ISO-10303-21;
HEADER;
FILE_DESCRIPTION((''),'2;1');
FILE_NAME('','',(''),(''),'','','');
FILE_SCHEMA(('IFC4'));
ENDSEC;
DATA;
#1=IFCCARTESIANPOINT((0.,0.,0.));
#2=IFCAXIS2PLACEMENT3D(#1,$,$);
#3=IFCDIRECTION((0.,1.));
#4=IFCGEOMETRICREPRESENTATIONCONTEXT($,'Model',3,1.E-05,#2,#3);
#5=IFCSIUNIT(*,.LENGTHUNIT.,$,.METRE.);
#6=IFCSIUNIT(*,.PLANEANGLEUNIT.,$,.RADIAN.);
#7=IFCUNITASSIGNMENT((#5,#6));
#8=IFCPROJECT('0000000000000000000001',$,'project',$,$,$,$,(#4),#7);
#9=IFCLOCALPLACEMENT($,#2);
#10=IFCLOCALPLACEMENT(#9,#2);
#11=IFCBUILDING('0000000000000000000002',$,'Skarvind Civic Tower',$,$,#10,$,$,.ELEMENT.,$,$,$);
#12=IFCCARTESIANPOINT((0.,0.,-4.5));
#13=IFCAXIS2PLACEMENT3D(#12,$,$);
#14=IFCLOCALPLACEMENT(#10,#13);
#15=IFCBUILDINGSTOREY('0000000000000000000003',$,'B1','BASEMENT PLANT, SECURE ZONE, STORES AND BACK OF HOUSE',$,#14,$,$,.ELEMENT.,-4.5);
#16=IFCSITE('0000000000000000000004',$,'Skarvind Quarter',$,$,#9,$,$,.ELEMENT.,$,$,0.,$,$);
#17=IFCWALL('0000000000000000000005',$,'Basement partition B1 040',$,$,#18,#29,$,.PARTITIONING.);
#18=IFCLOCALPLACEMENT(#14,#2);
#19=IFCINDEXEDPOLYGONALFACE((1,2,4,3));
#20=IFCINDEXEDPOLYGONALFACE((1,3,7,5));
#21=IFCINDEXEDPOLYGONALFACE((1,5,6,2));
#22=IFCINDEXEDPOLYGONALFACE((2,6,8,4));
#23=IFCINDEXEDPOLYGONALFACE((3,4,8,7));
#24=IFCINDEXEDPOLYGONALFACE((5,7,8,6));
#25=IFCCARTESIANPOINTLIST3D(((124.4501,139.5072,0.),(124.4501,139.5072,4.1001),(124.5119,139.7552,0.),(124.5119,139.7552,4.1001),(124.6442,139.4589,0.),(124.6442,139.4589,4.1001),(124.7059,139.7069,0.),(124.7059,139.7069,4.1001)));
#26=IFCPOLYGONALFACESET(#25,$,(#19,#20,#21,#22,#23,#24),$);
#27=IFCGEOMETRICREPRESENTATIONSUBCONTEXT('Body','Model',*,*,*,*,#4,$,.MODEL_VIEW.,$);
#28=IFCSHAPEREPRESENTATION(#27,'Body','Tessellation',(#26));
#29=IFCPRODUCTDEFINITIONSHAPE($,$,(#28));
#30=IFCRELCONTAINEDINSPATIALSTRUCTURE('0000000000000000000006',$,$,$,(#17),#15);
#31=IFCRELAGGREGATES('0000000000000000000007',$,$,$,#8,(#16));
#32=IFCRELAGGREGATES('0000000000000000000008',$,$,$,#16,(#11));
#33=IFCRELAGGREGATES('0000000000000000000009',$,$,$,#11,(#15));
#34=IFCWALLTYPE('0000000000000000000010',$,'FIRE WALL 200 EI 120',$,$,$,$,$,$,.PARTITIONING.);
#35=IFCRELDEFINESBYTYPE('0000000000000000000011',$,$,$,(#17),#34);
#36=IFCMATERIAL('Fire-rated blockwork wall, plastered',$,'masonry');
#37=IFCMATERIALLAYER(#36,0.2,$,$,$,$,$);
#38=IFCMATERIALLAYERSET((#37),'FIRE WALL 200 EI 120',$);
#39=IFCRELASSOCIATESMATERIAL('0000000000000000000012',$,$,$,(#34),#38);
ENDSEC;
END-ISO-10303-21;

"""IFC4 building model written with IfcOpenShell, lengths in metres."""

from ifc_helpers import new_model, si_unit, direction, frame, frame_2d, origin, place, context, subcontext, project, spatial, rectangle, extrude, material, layer, layer_set, type_object, element, save


model = new_model("IFC4")

# Units and contexts
model_context = context("Model", 3, precision=1e-05, world=origin(), true_north=direction((0.0, 1.0)))
body_context = subcontext(model_context, "Body", "Model", "MODEL_VIEW")
ifc_project = project(units=[si_unit("LENGTHUNIT", "METRE"), si_unit("PLANEANGLEUNIT", "RADIAN")], contexts=[model_context])

# Site, building, storey
site_placement = place(None, origin())
site = spatial("IfcSite", under=ifc_project, at=site_placement, Name="Skarvind Quarter", CompositionType="ELEMENT", RefElevation=0.0)
building_placement = place(site_placement, origin())
building = spatial("IfcBuilding", under=site, at=building_placement, Name="Skarvind Civic Tower", CompositionType="ELEMENT")
storey_placement = place(building_placement, frame((0.0, 0.0, -4.5)))
storey = spatial("IfcBuildingStorey", under=building, at=storey_placement, Name="B1", Description="BASEMENT PLANT, SECURE ZONE, STORES AND BACK OF HOUSE", CompositionType="ELEMENT", Elevation=-4.5)

# Wall
ifc_material_1 = material(Name="Fire-rated blockwork wall, plastered", Category="masonry")
ifc_layer_1 = layer(ifc_material_1, 0.2)
ifc_layer_set_1 = layer_set([ifc_layer_1], Name="FIRE WALL 200 EI 120")
wall_type_1 = type_object("IfcWallType", Name="FIRE WALL 200 EI 120", PredefinedType="PARTITIONING", material=ifc_layer_set_1)
wall_1_placement = place(storey_placement, frame((124.5471, 139.4829, 0.0), z_axis=(0.0, 0.0, 1.0), x_axis=(0.241637, 0.970367, 0.0)))
element("IfcWall", 1, at=wall_1_placement, inside=storey, type_object=wall_type_1, Name="Basement partition B1 040", PredefinedType="PARTITIONING", context=body_context, shape_type="SweptSolid", body=[
    extrude(rectangle(XDim=0.2556, YDim=0.2, at=frame_2d((0.1279, 0.0))), origin(), (0.0, 0.0, 1.0), 4.1001),
])

save(model, "model.ifc")
